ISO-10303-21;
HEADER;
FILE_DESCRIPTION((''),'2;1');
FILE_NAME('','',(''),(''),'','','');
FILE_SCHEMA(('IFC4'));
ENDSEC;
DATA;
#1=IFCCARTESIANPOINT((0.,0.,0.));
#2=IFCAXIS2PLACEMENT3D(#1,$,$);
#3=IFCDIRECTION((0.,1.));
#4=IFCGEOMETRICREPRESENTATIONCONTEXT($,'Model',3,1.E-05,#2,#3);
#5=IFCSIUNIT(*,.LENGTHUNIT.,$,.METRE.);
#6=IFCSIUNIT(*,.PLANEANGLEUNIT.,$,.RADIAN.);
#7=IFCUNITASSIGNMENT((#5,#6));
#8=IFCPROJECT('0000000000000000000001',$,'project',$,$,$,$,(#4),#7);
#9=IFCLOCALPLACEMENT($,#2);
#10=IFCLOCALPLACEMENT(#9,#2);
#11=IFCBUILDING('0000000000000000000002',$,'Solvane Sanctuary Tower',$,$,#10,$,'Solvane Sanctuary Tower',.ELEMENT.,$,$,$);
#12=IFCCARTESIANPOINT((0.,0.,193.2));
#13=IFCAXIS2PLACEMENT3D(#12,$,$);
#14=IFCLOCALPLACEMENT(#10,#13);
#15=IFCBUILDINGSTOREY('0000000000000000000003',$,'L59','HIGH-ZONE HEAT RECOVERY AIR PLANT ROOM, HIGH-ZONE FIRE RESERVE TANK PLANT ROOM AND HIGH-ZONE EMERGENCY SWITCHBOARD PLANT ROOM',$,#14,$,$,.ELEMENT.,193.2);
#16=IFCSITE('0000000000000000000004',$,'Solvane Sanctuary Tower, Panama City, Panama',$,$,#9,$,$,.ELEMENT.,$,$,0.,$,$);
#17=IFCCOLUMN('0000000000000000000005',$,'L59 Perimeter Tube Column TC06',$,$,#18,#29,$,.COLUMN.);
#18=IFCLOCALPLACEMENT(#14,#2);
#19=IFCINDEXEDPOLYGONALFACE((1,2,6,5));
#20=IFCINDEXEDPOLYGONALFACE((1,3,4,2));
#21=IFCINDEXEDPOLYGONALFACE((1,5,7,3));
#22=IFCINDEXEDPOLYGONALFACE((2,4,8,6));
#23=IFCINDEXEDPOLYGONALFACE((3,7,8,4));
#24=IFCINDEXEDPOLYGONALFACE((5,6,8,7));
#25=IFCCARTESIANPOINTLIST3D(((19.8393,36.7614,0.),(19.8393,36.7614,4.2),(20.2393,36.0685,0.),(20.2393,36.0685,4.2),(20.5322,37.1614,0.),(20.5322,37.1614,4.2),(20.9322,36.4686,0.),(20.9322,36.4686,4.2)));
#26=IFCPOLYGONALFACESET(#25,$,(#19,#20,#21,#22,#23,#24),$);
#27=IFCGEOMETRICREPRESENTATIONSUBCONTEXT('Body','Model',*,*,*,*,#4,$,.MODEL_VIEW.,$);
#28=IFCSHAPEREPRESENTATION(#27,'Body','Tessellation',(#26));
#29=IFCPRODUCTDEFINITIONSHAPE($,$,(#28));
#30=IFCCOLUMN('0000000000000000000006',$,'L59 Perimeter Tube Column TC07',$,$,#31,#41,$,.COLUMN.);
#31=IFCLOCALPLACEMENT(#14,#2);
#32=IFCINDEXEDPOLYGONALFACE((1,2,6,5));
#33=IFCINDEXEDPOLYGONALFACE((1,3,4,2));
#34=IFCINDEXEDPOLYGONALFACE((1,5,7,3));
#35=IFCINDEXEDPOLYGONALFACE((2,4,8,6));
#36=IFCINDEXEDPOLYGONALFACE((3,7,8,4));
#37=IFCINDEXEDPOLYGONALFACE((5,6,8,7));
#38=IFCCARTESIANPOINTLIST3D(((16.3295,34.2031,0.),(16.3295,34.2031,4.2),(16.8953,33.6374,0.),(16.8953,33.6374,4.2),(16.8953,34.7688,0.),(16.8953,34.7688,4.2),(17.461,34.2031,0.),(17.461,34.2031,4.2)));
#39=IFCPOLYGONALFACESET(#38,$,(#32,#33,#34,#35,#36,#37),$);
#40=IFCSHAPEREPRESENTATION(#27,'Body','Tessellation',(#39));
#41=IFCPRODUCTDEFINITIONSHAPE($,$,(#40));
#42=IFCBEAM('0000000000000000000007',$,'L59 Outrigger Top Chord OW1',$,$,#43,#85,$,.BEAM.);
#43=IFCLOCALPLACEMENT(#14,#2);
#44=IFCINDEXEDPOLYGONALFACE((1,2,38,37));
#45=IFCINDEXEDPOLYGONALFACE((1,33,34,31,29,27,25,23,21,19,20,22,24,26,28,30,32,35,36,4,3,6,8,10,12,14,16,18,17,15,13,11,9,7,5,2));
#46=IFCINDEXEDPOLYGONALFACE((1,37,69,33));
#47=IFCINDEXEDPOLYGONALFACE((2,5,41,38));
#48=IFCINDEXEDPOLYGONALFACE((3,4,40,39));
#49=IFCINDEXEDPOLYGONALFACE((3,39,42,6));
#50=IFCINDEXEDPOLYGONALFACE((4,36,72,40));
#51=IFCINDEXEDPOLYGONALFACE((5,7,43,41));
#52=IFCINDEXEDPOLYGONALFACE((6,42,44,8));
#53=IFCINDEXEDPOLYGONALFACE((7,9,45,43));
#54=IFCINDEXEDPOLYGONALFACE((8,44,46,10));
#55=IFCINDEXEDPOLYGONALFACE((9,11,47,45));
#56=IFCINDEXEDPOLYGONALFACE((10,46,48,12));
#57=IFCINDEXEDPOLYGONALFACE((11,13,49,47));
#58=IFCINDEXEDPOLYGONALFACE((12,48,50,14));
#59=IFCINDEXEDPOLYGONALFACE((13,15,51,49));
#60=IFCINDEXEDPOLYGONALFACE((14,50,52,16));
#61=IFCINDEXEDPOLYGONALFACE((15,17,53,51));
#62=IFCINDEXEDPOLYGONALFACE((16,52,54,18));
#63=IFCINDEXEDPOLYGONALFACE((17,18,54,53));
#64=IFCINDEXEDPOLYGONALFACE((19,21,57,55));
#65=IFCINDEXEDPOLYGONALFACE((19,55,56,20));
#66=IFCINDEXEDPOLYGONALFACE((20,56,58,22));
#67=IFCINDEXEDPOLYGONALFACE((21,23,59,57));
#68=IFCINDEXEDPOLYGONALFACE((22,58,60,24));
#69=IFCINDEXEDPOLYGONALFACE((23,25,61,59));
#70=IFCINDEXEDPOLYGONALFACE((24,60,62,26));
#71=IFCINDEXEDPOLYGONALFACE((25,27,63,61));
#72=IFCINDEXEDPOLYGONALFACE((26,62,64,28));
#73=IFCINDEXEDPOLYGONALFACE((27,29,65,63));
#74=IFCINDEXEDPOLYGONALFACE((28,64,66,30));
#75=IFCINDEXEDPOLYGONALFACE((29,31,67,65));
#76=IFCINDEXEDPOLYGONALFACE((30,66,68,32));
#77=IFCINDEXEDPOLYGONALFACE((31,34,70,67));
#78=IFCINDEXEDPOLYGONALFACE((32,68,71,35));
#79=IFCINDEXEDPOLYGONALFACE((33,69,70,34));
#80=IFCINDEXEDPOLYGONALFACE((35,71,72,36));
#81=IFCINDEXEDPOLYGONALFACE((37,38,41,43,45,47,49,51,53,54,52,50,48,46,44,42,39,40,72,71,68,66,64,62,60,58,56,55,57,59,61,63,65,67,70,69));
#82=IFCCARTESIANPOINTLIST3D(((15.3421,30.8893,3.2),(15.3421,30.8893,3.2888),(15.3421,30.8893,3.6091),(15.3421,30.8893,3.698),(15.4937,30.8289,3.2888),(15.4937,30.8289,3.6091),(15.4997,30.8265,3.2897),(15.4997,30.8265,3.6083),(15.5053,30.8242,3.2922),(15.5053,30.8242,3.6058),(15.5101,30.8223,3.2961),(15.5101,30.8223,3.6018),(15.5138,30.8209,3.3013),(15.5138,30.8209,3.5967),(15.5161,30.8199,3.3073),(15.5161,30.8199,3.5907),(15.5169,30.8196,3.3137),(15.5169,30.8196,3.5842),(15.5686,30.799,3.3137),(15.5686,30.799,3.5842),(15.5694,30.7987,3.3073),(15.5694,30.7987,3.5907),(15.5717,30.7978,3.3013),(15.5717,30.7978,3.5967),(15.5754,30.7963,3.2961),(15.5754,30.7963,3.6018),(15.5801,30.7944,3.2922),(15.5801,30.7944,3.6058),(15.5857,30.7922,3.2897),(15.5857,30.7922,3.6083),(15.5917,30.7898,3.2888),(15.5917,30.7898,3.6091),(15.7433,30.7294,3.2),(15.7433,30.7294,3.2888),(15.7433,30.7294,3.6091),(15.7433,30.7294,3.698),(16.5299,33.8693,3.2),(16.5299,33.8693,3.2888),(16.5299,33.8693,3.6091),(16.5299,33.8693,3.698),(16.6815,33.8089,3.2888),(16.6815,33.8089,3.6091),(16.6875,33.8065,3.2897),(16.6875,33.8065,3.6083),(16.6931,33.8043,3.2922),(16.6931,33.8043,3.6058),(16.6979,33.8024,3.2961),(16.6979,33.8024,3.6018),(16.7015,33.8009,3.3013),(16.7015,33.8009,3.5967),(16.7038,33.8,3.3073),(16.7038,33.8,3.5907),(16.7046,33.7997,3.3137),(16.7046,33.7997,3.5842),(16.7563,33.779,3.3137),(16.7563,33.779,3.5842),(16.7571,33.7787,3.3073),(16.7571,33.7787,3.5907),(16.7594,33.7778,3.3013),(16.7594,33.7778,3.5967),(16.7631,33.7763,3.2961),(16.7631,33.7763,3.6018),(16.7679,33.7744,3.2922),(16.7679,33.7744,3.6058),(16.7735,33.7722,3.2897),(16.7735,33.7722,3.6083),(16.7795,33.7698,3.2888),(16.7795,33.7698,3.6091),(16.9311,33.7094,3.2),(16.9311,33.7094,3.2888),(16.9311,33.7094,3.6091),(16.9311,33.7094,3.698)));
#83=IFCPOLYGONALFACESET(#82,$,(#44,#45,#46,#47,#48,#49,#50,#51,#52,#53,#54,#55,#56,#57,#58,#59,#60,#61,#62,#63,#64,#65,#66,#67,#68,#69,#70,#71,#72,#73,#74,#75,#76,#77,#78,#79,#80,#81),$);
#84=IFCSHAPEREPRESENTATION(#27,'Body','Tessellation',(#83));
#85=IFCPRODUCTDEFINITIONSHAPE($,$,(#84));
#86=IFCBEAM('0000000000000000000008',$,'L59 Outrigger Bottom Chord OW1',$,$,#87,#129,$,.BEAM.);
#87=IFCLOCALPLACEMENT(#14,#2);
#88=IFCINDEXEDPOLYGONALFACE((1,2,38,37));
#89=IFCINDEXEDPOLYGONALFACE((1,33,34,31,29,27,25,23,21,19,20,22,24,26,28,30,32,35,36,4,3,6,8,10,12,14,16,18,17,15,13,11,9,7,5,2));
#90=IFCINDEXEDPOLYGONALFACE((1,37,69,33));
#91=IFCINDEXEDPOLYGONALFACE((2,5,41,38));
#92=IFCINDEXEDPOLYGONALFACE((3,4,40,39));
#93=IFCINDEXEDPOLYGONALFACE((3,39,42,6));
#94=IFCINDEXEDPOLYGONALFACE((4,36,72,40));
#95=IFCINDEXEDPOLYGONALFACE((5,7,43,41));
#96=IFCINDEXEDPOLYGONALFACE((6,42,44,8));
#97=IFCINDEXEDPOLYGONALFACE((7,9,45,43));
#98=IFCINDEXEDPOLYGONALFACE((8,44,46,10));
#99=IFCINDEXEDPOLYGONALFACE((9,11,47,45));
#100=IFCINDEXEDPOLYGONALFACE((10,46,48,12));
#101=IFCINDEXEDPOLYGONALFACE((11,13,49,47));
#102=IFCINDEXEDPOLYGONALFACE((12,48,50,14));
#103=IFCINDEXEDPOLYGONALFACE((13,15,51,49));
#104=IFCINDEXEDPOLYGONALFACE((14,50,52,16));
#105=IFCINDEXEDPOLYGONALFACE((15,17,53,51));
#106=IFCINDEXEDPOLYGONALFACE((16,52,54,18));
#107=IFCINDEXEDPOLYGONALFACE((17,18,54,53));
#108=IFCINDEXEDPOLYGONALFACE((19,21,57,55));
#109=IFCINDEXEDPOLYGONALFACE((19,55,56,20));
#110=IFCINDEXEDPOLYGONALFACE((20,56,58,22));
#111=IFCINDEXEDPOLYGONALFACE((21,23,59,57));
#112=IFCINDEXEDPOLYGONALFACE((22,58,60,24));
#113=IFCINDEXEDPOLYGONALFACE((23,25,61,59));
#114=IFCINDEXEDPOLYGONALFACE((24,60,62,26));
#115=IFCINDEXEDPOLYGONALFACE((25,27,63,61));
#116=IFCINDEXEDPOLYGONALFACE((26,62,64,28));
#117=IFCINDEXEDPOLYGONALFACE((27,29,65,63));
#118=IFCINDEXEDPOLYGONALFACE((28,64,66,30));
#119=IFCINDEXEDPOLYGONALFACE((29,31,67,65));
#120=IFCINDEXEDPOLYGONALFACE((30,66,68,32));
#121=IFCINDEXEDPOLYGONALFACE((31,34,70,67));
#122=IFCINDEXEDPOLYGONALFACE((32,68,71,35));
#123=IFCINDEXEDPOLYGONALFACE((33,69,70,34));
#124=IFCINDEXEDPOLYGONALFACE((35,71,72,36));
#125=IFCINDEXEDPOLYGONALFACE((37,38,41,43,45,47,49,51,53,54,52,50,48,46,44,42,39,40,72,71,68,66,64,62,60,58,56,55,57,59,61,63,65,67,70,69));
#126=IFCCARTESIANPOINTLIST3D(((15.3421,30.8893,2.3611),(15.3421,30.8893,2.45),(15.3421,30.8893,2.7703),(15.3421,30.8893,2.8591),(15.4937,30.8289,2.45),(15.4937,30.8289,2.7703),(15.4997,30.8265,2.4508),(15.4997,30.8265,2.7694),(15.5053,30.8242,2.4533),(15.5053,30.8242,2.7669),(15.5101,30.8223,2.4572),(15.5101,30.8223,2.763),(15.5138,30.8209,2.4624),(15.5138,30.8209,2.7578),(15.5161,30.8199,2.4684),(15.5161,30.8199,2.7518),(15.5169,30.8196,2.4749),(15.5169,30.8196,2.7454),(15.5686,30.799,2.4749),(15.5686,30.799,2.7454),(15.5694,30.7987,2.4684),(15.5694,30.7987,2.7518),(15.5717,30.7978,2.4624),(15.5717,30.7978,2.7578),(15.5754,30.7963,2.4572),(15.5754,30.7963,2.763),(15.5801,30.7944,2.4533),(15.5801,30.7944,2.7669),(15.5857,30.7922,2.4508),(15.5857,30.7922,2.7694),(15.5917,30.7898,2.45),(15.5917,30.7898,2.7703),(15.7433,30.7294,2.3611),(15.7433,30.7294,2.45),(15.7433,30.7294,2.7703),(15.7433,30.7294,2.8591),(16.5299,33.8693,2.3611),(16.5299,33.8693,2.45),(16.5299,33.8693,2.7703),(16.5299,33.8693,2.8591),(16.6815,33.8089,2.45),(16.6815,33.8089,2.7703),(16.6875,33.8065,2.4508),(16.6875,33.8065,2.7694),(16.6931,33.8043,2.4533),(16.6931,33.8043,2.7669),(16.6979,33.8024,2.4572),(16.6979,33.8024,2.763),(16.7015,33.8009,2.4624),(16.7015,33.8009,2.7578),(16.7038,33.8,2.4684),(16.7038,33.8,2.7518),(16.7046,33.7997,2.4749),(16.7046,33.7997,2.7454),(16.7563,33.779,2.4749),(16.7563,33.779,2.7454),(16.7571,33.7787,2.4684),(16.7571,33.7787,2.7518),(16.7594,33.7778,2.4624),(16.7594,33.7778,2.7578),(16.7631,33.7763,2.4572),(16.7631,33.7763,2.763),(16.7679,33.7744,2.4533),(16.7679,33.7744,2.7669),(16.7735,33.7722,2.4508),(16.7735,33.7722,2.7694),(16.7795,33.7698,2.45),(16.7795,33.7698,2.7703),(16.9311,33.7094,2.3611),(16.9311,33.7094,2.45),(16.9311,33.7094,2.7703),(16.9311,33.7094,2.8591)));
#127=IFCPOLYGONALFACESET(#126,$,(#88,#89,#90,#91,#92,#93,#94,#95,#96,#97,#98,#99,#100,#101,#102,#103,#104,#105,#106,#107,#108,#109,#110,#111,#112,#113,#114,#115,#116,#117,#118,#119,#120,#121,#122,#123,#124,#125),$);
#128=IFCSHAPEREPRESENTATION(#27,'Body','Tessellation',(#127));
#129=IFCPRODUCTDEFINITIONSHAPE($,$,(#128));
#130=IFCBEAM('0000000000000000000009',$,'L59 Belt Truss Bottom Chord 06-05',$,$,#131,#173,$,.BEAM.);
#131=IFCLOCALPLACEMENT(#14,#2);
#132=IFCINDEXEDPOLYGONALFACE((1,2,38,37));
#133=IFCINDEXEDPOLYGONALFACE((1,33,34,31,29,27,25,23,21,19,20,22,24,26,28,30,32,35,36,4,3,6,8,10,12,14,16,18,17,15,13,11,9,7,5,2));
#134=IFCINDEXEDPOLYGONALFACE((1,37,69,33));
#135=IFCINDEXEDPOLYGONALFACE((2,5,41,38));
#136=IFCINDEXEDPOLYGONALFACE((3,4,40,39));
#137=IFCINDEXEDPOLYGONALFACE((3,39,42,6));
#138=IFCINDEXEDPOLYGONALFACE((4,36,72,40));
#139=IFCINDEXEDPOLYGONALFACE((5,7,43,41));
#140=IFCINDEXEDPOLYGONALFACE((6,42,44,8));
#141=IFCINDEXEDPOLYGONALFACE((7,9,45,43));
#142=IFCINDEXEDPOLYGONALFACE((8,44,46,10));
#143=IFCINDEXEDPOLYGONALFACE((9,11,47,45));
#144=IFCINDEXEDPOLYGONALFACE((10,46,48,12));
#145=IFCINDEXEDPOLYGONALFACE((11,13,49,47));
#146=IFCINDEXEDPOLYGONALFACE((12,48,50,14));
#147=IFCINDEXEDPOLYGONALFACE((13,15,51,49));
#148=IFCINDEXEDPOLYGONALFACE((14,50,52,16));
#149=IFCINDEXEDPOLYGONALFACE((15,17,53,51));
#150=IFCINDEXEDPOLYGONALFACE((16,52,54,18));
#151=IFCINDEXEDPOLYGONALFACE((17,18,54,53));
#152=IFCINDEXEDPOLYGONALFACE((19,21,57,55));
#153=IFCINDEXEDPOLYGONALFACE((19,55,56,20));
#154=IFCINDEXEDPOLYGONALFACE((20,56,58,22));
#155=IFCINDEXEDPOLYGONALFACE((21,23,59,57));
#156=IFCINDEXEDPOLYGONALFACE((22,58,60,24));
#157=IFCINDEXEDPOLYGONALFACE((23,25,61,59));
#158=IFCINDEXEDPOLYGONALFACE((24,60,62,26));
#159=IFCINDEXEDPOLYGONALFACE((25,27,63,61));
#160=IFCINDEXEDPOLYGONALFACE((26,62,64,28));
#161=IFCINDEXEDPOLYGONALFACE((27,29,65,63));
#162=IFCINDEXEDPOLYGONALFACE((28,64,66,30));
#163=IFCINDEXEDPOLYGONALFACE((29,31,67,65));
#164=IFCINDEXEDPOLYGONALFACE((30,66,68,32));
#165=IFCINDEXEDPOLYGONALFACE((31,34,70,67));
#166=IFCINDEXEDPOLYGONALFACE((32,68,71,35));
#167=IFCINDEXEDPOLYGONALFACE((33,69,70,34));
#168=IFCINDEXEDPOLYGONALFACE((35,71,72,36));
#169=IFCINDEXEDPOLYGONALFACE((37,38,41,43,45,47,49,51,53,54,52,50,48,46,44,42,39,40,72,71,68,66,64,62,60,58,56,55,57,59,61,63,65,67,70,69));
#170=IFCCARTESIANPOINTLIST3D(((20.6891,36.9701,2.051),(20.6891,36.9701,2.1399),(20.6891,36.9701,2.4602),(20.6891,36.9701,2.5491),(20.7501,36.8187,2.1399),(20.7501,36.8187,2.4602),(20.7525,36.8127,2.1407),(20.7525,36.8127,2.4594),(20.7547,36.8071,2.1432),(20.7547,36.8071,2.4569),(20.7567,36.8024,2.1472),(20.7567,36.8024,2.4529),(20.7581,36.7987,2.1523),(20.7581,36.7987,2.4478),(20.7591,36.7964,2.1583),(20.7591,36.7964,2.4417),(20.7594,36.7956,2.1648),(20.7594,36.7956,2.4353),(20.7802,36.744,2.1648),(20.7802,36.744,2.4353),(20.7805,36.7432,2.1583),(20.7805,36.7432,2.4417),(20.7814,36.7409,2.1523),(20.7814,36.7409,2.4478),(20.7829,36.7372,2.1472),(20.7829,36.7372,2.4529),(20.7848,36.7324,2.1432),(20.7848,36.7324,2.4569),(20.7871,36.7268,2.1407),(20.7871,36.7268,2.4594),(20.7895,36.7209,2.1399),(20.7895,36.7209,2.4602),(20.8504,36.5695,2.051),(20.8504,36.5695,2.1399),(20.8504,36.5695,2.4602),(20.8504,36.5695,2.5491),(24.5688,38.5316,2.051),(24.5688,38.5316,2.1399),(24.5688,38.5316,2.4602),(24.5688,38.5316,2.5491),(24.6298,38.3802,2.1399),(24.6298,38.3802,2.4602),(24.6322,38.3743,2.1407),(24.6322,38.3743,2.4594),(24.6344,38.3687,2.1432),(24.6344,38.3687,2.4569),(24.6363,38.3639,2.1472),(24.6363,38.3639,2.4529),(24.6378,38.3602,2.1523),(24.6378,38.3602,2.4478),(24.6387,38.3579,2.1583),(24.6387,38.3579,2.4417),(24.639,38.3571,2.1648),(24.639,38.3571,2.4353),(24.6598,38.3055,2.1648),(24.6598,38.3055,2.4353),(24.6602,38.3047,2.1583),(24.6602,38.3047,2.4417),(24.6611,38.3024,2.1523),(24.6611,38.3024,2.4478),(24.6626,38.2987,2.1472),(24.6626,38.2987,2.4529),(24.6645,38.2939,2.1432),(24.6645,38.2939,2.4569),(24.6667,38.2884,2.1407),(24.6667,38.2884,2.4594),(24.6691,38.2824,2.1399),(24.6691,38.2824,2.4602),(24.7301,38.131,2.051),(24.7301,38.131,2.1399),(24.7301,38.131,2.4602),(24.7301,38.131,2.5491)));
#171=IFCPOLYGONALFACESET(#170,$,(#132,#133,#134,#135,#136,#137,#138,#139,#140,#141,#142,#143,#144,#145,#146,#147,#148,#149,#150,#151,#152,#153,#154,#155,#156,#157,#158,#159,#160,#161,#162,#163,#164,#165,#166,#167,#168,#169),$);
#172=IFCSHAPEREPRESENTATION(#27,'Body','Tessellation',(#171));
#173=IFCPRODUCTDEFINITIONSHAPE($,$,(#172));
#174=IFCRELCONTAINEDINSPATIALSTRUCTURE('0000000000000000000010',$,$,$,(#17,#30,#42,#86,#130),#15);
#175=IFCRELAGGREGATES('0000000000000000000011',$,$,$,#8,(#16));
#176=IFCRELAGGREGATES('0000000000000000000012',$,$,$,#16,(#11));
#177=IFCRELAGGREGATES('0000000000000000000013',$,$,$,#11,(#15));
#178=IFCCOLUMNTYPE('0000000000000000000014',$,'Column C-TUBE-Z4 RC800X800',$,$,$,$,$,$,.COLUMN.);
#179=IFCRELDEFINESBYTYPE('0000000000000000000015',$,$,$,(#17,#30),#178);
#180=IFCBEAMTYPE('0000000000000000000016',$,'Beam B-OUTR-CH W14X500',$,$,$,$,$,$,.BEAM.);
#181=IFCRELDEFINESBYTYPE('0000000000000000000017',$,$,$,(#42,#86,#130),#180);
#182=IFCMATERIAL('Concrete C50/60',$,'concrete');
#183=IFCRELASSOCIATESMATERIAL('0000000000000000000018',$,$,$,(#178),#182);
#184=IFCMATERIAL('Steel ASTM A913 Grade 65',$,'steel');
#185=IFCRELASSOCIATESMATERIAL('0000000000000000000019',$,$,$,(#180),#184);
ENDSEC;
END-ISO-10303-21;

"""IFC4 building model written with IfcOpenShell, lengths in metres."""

from ifc_helpers import new_model, si_unit, direction, frame, origin, origin_2d, place, context, subcontext, project, spatial, rectangle, i_section, extrude, material, material_profile, profile_set, type_object, element, save


model = new_model("IFC4")

# Units and contexts
model_context = context("Model", 3, precision=1e-05, world=origin(), true_north=direction((0.0, 1.0)))
body_context = subcontext(model_context, "Body", "Model", "MODEL_VIEW")
ifc_project = project(units=[si_unit("LENGTHUNIT", "METRE"), si_unit("PLANEANGLEUNIT", "RADIAN")], contexts=[model_context])

# Site, building, storey
site_placement = place(None, origin())
site = spatial("IfcSite", under=ifc_project, at=site_placement, Name="Solvane Sanctuary Tower, Panama City, Panama", CompositionType="ELEMENT", RefElevation=0.0)
building_placement = place(site_placement, origin())
building = spatial("IfcBuilding", under=site, at=building_placement, Name="Solvane Sanctuary Tower", LongName="Solvane Sanctuary Tower", CompositionType="ELEMENT")
storey_placement = place(building_placement, frame((0.0, 0.0, 193.2)))
storey = spatial("IfcBuildingStorey", under=building, at=storey_placement, Name="L59", Description="HIGH-ZONE HEAT RECOVERY AIR PLANT ROOM, HIGH-ZONE FIRE RESERVE TANK PLANT ROOM AND HIGH-ZONE EMERGENCY SWITCHBOARD PLANT ROOM", CompositionType="ELEMENT", Elevation=193.2)

# Columns
ifc_material_1 = material(Name="Concrete C50/60", Category="concrete")
ifc_material_profile_1 = material_profile(ifc_material_1, rectangle(XDim=0.8, YDim=0.8, at=origin_2d()), Name="RC800X800")
ifc_profile_set_1 = profile_set([ifc_material_profile_1], Name="Concrete C50/60")
column_type = type_object("IfcColumnType", Name="Column C-TUBE-Z4 RC800X800", PredefinedType="COLUMN", material=ifc_profile_set_1)
for number, where, z_axis, x_axis, name in (
    (1, (20.3857, 36.615, 0.0), (0.0, 0.0, 1.0), (-0.5, 0.866025, 0.0), "L59 Perimeter Tube Column TC06"),
    (2, (16.8953, 34.2031, 0.0), (0.0, 0.0, 1.0), (-0.707107, 0.707107, 0.0), "L59 Perimeter Tube Column TC07"),
):
    element("IfcColumn", number, at=place(storey_placement, frame(where, z_axis=z_axis, x_axis=x_axis)), inside=storey, type_object=column_type, Name=name, PredefinedType="COLUMN", context=body_context, shape_type="SweptSolid", body=[
        extrude(rectangle(XDim=0.8, YDim=0.8, at=origin_2d()), origin(), (0.0, 0.0, 1.0), 4.2),
    ])

# Beams
ifc_material_2 = material(Name="Steel ASTM A913 Grade 65", Category="steel")
ifc_material_profile_2 = material_profile(ifc_material_2, i_section(OverallWidth=0.4319, OverallDepth=0.498, WebThickness=0.0557, FlangeThickness=0.0889, FilletRadius=0.0249, at=origin_2d()), Name="W14X500")
ifc_profile_set_2 = profile_set([ifc_material_profile_2], Name="Steel ASTM A913 Grade 65")
beam_type_1 = type_object("IfcBeamType", Name="Beam B-OUTR-CH W14X500", PredefinedType="BEAM", material=ifc_profile_set_2)
for number, where, z_axis, x_axis, name in (
    (3, (15.5427, 30.8093, 3.449), (0.370249, 0.928933, 0.0), (-0.928933, 0.370249, 0.0), "L59 Outrigger Top Chord OW1"),
    (4, (15.5427, 30.8093, 2.6101), (0.370249, 0.928933, 0.0), (-0.928933, 0.370249, 0.0), "L59 Outrigger Bottom Chord OW1"),
):
    element("IfcBeam", number, at=place(storey_placement, frame(where, z_axis=z_axis, x_axis=x_axis)), inside=storey, type_object=beam_type_1, Name=name, PredefinedType="BEAM", context=body_context, shape_type="SweptSolid", body=[
        extrude(i_section(OverallWidth=0.4319, OverallDepth=0.498, WebThickness=0.0557, FlangeThickness=0.0889, FilletRadius=0.0249, at=origin_2d()), origin(), (0.0, 0.0, 1.0), 3.208),
    ])
beam_1_placement = place(storey_placement, frame((20.7698, 36.7698, 2.3), z_axis=(0.927677, 0.373383, 0.0), x_axis=(-0.373383, 0.927677, 0.0)))
element("IfcBeam", 5, at=beam_1_placement, inside=storey, type_object=beam_type_1, Name="L59 Belt Truss Bottom Chord 06-05", PredefinedType="BEAM", context=body_context, shape_type="SweptSolid", body=[
    extrude(i_section(OverallWidth=0.4319, OverallDepth=0.498, WebThickness=0.0557, FlangeThickness=0.0889, FilletRadius=0.0249, at=origin_2d()), origin(), (0.0, 0.0, 1.0), 4.1821),
])

save(model, "model.ifc")
